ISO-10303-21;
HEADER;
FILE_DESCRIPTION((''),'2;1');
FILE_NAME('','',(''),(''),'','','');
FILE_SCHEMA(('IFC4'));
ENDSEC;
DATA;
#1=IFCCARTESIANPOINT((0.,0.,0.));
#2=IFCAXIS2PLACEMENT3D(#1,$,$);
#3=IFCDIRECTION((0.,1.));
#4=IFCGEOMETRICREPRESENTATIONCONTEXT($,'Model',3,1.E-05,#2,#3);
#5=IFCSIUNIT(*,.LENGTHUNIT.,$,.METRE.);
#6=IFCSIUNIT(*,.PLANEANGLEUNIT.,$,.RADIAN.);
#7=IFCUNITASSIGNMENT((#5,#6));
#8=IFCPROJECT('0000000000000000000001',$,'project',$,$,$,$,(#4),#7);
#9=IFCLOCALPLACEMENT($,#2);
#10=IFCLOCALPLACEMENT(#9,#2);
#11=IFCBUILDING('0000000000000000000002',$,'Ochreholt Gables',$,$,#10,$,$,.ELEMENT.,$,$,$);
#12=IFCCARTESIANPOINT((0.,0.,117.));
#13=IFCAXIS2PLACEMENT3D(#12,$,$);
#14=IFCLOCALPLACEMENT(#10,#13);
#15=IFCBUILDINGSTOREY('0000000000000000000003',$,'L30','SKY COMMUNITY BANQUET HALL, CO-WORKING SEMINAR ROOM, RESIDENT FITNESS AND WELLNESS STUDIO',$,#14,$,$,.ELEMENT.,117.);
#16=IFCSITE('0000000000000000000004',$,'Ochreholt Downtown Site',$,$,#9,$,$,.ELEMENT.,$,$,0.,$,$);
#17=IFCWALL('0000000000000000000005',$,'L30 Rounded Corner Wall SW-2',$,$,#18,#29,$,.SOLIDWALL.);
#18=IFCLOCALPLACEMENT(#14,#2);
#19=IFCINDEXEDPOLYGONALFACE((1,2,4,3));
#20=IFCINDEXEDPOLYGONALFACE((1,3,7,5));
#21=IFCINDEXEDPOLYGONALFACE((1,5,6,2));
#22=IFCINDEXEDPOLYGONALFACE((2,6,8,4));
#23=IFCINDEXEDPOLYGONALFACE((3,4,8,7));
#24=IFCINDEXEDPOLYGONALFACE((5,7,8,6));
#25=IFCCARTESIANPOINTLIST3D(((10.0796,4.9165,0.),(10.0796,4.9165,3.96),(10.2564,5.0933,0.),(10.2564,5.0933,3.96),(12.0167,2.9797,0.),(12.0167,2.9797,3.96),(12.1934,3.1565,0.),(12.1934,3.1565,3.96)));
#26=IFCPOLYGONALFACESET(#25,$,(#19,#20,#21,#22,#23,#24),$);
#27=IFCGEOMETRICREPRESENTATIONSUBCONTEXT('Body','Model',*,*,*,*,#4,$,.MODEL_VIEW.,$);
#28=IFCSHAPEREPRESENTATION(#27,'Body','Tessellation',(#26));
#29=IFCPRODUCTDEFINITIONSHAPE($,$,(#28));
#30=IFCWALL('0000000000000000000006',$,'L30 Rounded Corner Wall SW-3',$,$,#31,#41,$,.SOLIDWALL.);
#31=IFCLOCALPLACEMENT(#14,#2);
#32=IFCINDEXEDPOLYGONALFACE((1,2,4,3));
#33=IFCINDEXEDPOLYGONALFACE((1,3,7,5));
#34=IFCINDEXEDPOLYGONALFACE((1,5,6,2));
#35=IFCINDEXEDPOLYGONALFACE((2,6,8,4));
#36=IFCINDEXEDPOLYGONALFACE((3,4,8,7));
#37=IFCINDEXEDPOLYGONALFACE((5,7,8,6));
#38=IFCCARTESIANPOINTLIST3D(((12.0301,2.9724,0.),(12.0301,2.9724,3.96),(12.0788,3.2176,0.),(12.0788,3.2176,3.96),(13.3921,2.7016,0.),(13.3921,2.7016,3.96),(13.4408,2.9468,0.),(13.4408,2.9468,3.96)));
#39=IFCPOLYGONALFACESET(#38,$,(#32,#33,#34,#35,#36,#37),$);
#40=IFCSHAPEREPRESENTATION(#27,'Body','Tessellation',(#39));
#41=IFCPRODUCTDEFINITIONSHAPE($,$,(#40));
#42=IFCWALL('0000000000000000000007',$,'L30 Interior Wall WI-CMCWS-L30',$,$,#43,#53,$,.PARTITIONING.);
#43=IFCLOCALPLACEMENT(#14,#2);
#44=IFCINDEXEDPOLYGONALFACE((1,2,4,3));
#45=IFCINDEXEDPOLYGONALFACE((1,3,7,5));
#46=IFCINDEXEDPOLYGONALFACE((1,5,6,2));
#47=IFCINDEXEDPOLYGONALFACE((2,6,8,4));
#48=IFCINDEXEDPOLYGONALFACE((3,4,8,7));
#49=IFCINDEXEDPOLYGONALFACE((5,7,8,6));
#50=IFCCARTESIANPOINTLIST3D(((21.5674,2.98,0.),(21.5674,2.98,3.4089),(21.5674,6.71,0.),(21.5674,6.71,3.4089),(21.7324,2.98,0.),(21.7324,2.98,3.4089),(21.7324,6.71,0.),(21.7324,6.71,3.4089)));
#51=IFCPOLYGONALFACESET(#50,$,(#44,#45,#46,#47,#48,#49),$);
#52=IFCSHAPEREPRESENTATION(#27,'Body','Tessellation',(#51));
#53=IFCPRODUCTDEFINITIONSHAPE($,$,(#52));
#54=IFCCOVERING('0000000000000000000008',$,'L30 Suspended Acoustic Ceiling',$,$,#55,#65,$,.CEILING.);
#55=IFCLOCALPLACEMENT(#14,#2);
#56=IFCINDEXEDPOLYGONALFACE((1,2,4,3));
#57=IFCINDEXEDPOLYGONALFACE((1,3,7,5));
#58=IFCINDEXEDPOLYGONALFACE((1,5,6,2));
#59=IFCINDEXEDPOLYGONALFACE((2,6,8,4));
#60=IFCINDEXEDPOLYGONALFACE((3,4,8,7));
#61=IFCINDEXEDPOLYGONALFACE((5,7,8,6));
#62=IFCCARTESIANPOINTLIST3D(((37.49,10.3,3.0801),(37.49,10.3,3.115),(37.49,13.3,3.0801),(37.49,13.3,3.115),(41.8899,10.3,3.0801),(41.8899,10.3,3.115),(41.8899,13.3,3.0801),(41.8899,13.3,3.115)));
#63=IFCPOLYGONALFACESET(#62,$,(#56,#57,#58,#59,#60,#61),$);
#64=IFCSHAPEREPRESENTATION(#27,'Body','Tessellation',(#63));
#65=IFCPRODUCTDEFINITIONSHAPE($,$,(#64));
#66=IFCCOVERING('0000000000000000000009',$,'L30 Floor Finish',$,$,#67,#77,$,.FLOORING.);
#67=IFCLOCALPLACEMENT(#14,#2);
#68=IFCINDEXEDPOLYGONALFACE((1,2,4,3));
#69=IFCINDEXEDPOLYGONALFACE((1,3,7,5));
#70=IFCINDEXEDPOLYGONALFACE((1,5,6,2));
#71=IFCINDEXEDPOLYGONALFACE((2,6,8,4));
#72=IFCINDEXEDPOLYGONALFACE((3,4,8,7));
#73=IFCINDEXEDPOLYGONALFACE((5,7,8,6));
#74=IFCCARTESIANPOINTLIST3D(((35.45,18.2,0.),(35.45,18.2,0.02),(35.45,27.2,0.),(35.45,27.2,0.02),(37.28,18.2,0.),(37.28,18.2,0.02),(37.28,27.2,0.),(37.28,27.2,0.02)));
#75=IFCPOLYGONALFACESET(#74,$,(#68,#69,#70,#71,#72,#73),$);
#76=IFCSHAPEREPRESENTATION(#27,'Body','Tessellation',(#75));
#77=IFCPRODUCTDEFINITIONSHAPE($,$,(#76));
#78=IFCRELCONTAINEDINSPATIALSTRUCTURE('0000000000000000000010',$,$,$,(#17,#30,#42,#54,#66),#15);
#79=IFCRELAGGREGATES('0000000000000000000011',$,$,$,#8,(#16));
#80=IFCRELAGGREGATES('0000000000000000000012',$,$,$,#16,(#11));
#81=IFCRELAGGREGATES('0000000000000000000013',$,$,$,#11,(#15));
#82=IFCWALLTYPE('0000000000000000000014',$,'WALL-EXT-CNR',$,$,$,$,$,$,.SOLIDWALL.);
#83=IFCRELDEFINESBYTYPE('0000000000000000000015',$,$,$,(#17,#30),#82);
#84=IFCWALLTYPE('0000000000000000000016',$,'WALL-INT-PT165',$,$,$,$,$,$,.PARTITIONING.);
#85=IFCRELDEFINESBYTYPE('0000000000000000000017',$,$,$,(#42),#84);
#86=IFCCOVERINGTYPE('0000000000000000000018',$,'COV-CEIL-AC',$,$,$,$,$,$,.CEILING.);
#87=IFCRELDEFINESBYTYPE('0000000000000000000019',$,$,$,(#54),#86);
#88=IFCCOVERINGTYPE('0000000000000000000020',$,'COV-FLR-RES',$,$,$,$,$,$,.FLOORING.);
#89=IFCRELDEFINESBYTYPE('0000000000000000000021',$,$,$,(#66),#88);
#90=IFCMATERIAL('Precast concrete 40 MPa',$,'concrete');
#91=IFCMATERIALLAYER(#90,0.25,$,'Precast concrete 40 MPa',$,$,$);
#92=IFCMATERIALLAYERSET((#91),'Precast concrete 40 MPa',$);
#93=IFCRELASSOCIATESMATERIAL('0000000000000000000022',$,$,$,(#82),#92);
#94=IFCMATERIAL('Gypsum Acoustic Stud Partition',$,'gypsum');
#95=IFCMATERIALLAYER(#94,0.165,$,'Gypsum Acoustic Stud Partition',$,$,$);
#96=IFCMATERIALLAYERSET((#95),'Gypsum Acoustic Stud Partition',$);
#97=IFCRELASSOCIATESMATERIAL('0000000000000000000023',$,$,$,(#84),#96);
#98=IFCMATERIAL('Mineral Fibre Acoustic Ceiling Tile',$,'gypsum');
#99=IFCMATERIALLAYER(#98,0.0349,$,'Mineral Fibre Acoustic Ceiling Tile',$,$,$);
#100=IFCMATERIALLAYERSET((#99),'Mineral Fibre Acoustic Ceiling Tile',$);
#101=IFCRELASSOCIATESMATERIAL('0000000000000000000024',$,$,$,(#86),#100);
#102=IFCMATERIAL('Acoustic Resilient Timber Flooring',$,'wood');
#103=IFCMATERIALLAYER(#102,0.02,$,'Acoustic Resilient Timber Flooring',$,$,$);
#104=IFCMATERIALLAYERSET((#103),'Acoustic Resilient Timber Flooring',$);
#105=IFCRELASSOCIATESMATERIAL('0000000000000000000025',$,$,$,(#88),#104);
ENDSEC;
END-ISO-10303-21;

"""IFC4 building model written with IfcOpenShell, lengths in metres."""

from ifc_helpers import new_model, si_unit, direction, frame, frame_2d, origin, place, context, subcontext, project, spatial, polyline, rectangle, outline, extrude, material, layer, layer_set, type_object, element, save


model = new_model("IFC4")

# Units and contexts
model_context = context("Model", 3, precision=1e-05, world=origin(), true_north=direction((0.0, 1.0)))
body_context = subcontext(model_context, "Body", "Model", "MODEL_VIEW")
ifc_project = project(units=[si_unit("LENGTHUNIT", "METRE"), si_unit("PLANEANGLEUNIT", "RADIAN")], contexts=[model_context])

# Site, building, storey
site_placement = place(None, origin())
site = spatial("IfcSite", under=ifc_project, at=site_placement, Name="Ochreholt Downtown Site", CompositionType="ELEMENT", RefElevation=0.0)
building_placement = place(site_placement, origin())
building = spatial("IfcBuilding", under=site, at=building_placement, Name="Ochreholt Gables", CompositionType="ELEMENT")
storey_placement = place(building_placement, frame((0.0, 0.0, 117.0)))
storey = spatial("IfcBuildingStorey", under=building, at=storey_placement, Name="L30", Description="SKY COMMUNITY BANQUET HALL, CO-WORKING SEMINAR ROOM, RESIDENT FITNESS AND WELLNESS STUDIO", CompositionType="ELEMENT", Elevation=117.0)

# Shared definitions
ifc_material_1 = material(Name="Precast concrete 40 MPa", Category="concrete")

# Walls
ifc_layer_1 = layer(ifc_material_1, 0.25, Name="Precast concrete 40 MPa")
ifc_layer_set_1 = layer_set([ifc_layer_1], Name="Precast concrete 40 MPa")
wall_type_1 = type_object("IfcWallType", Name="WALL-EXT-CNR", PredefinedType="SOLIDWALL", material=ifc_layer_set_1)
wall_1_placement = place(storey_placement, frame((10.168, 5.0049, 0.0), z_axis=(0.0, 0.0, 1.0), x_axis=(0.707151, -0.707062, 0.0)))
element("IfcWall", 1, at=wall_1_placement, inside=storey, type_object=wall_type_1, Name="L30 Rounded Corner Wall SW-2", PredefinedType="SOLIDWALL", context=body_context, shape_type="SweptSolid", body=[
    extrude(rectangle(XDim=2.7393, YDim=0.25, at=frame_2d((1.3696, 0.0))), origin(), (0.0, 0.0, 1.0), 3.96),
])
wall_2_placement = place(storey_placement, frame((12.0544, 3.095, 0.0), z_axis=(0.0, 0.0, 1.0), x_axis=(0.98081, -0.194967, 0.0)))
element("IfcWall", 2, at=wall_2_placement, inside=storey, type_object=wall_type_1, Name="L30 Rounded Corner Wall SW-3", PredefinedType="SOLIDWALL", context=body_context, shape_type="SweptSolid", body=[
    extrude(rectangle(XDim=1.3887, YDim=0.25, at=frame_2d((0.6943, 0.0))), origin(), (0.0, 0.0, 1.0), 3.96),
])
ifc_material_2 = material(Name="Gypsum Acoustic Stud Partition", Category="gypsum")
ifc_layer_2 = layer(ifc_material_2, 0.165, Name="Gypsum Acoustic Stud Partition")
ifc_layer_set_2 = layer_set([ifc_layer_2], Name="Gypsum Acoustic Stud Partition")
wall_type_2 = type_object("IfcWallType", Name="WALL-INT-PT165", PredefinedType="PARTITIONING", material=ifc_layer_set_2)
wall_3_placement = place(storey_placement, frame((21.6499, 2.98, 0.0), z_axis=(0.0, 0.0, 1.0), x_axis=(0.0, 1.0, 0.0)))
element("IfcWall", 3, at=wall_3_placement, inside=storey, type_object=wall_type_2, Name="L30 Interior Wall WI-CMCWS-L30", PredefinedType="PARTITIONING", context=body_context, shape_type="SweptSolid", body=[
    extrude(rectangle(XDim=3.73, YDim=0.165, at=frame_2d((1.865, 0.0))), origin(), (0.0, 0.0, 1.0), 3.4089),
])

# Coverings
ifc_material_3 = material(Name="Mineral Fibre Acoustic Ceiling Tile", Category="gypsum")
ifc_layer_3 = layer(ifc_material_3, 0.0349, Name="Mineral Fibre Acoustic Ceiling Tile")
ifc_layer_set_3 = layer_set([ifc_layer_3], Name="Mineral Fibre Acoustic Ceiling Tile")
covering_type_1 = type_object("IfcCoveringType", Name="COV-CEIL-AC", PredefinedType="CEILING", material=ifc_layer_set_3)
covering_1_placement = place(storey_placement, frame((0.0, 0.0, 3.0801)))
element("IfcCovering", 4, at=covering_1_placement, inside=storey, type_object=covering_type_1, Name="L30 Suspended Acoustic Ceiling", PredefinedType="CEILING", context=body_context, shape_type="SweptSolid", body=[
    extrude(outline(polyline([(37.49, 10.3), (41.8899, 10.3), (41.8899, 13.3), (37.49, 13.3), (37.49, 10.3)])), origin(), (0.0, 0.0, 1.0), 0.0349),
])
ifc_material_4 = material(Name="Acoustic Resilient Timber Flooring", Category="wood")
ifc_layer_4 = layer(ifc_material_4, 0.02, Name="Acoustic Resilient Timber Flooring")
ifc_layer_set_4 = layer_set([ifc_layer_4], Name="Acoustic Resilient Timber Flooring")
covering_type_2 = type_object("IfcCoveringType", Name="COV-FLR-RES", PredefinedType="FLOORING", material=ifc_layer_set_4)
covering_2_placement = place(storey_placement, origin())
element("IfcCovering", 5, at=covering_2_placement, inside=storey, type_object=covering_type_2, Name="L30 Floor Finish", PredefinedType="FLOORING", context=body_context, shape_type="SweptSolid", body=[
    extrude(outline(polyline([(35.45, 18.2), (37.28, 18.2), (37.28, 27.2), (35.45, 27.2), (35.45, 18.2)])), origin(), (0.0, 0.0, 1.0), 0.02),
])

save(model, "model.ifc")
